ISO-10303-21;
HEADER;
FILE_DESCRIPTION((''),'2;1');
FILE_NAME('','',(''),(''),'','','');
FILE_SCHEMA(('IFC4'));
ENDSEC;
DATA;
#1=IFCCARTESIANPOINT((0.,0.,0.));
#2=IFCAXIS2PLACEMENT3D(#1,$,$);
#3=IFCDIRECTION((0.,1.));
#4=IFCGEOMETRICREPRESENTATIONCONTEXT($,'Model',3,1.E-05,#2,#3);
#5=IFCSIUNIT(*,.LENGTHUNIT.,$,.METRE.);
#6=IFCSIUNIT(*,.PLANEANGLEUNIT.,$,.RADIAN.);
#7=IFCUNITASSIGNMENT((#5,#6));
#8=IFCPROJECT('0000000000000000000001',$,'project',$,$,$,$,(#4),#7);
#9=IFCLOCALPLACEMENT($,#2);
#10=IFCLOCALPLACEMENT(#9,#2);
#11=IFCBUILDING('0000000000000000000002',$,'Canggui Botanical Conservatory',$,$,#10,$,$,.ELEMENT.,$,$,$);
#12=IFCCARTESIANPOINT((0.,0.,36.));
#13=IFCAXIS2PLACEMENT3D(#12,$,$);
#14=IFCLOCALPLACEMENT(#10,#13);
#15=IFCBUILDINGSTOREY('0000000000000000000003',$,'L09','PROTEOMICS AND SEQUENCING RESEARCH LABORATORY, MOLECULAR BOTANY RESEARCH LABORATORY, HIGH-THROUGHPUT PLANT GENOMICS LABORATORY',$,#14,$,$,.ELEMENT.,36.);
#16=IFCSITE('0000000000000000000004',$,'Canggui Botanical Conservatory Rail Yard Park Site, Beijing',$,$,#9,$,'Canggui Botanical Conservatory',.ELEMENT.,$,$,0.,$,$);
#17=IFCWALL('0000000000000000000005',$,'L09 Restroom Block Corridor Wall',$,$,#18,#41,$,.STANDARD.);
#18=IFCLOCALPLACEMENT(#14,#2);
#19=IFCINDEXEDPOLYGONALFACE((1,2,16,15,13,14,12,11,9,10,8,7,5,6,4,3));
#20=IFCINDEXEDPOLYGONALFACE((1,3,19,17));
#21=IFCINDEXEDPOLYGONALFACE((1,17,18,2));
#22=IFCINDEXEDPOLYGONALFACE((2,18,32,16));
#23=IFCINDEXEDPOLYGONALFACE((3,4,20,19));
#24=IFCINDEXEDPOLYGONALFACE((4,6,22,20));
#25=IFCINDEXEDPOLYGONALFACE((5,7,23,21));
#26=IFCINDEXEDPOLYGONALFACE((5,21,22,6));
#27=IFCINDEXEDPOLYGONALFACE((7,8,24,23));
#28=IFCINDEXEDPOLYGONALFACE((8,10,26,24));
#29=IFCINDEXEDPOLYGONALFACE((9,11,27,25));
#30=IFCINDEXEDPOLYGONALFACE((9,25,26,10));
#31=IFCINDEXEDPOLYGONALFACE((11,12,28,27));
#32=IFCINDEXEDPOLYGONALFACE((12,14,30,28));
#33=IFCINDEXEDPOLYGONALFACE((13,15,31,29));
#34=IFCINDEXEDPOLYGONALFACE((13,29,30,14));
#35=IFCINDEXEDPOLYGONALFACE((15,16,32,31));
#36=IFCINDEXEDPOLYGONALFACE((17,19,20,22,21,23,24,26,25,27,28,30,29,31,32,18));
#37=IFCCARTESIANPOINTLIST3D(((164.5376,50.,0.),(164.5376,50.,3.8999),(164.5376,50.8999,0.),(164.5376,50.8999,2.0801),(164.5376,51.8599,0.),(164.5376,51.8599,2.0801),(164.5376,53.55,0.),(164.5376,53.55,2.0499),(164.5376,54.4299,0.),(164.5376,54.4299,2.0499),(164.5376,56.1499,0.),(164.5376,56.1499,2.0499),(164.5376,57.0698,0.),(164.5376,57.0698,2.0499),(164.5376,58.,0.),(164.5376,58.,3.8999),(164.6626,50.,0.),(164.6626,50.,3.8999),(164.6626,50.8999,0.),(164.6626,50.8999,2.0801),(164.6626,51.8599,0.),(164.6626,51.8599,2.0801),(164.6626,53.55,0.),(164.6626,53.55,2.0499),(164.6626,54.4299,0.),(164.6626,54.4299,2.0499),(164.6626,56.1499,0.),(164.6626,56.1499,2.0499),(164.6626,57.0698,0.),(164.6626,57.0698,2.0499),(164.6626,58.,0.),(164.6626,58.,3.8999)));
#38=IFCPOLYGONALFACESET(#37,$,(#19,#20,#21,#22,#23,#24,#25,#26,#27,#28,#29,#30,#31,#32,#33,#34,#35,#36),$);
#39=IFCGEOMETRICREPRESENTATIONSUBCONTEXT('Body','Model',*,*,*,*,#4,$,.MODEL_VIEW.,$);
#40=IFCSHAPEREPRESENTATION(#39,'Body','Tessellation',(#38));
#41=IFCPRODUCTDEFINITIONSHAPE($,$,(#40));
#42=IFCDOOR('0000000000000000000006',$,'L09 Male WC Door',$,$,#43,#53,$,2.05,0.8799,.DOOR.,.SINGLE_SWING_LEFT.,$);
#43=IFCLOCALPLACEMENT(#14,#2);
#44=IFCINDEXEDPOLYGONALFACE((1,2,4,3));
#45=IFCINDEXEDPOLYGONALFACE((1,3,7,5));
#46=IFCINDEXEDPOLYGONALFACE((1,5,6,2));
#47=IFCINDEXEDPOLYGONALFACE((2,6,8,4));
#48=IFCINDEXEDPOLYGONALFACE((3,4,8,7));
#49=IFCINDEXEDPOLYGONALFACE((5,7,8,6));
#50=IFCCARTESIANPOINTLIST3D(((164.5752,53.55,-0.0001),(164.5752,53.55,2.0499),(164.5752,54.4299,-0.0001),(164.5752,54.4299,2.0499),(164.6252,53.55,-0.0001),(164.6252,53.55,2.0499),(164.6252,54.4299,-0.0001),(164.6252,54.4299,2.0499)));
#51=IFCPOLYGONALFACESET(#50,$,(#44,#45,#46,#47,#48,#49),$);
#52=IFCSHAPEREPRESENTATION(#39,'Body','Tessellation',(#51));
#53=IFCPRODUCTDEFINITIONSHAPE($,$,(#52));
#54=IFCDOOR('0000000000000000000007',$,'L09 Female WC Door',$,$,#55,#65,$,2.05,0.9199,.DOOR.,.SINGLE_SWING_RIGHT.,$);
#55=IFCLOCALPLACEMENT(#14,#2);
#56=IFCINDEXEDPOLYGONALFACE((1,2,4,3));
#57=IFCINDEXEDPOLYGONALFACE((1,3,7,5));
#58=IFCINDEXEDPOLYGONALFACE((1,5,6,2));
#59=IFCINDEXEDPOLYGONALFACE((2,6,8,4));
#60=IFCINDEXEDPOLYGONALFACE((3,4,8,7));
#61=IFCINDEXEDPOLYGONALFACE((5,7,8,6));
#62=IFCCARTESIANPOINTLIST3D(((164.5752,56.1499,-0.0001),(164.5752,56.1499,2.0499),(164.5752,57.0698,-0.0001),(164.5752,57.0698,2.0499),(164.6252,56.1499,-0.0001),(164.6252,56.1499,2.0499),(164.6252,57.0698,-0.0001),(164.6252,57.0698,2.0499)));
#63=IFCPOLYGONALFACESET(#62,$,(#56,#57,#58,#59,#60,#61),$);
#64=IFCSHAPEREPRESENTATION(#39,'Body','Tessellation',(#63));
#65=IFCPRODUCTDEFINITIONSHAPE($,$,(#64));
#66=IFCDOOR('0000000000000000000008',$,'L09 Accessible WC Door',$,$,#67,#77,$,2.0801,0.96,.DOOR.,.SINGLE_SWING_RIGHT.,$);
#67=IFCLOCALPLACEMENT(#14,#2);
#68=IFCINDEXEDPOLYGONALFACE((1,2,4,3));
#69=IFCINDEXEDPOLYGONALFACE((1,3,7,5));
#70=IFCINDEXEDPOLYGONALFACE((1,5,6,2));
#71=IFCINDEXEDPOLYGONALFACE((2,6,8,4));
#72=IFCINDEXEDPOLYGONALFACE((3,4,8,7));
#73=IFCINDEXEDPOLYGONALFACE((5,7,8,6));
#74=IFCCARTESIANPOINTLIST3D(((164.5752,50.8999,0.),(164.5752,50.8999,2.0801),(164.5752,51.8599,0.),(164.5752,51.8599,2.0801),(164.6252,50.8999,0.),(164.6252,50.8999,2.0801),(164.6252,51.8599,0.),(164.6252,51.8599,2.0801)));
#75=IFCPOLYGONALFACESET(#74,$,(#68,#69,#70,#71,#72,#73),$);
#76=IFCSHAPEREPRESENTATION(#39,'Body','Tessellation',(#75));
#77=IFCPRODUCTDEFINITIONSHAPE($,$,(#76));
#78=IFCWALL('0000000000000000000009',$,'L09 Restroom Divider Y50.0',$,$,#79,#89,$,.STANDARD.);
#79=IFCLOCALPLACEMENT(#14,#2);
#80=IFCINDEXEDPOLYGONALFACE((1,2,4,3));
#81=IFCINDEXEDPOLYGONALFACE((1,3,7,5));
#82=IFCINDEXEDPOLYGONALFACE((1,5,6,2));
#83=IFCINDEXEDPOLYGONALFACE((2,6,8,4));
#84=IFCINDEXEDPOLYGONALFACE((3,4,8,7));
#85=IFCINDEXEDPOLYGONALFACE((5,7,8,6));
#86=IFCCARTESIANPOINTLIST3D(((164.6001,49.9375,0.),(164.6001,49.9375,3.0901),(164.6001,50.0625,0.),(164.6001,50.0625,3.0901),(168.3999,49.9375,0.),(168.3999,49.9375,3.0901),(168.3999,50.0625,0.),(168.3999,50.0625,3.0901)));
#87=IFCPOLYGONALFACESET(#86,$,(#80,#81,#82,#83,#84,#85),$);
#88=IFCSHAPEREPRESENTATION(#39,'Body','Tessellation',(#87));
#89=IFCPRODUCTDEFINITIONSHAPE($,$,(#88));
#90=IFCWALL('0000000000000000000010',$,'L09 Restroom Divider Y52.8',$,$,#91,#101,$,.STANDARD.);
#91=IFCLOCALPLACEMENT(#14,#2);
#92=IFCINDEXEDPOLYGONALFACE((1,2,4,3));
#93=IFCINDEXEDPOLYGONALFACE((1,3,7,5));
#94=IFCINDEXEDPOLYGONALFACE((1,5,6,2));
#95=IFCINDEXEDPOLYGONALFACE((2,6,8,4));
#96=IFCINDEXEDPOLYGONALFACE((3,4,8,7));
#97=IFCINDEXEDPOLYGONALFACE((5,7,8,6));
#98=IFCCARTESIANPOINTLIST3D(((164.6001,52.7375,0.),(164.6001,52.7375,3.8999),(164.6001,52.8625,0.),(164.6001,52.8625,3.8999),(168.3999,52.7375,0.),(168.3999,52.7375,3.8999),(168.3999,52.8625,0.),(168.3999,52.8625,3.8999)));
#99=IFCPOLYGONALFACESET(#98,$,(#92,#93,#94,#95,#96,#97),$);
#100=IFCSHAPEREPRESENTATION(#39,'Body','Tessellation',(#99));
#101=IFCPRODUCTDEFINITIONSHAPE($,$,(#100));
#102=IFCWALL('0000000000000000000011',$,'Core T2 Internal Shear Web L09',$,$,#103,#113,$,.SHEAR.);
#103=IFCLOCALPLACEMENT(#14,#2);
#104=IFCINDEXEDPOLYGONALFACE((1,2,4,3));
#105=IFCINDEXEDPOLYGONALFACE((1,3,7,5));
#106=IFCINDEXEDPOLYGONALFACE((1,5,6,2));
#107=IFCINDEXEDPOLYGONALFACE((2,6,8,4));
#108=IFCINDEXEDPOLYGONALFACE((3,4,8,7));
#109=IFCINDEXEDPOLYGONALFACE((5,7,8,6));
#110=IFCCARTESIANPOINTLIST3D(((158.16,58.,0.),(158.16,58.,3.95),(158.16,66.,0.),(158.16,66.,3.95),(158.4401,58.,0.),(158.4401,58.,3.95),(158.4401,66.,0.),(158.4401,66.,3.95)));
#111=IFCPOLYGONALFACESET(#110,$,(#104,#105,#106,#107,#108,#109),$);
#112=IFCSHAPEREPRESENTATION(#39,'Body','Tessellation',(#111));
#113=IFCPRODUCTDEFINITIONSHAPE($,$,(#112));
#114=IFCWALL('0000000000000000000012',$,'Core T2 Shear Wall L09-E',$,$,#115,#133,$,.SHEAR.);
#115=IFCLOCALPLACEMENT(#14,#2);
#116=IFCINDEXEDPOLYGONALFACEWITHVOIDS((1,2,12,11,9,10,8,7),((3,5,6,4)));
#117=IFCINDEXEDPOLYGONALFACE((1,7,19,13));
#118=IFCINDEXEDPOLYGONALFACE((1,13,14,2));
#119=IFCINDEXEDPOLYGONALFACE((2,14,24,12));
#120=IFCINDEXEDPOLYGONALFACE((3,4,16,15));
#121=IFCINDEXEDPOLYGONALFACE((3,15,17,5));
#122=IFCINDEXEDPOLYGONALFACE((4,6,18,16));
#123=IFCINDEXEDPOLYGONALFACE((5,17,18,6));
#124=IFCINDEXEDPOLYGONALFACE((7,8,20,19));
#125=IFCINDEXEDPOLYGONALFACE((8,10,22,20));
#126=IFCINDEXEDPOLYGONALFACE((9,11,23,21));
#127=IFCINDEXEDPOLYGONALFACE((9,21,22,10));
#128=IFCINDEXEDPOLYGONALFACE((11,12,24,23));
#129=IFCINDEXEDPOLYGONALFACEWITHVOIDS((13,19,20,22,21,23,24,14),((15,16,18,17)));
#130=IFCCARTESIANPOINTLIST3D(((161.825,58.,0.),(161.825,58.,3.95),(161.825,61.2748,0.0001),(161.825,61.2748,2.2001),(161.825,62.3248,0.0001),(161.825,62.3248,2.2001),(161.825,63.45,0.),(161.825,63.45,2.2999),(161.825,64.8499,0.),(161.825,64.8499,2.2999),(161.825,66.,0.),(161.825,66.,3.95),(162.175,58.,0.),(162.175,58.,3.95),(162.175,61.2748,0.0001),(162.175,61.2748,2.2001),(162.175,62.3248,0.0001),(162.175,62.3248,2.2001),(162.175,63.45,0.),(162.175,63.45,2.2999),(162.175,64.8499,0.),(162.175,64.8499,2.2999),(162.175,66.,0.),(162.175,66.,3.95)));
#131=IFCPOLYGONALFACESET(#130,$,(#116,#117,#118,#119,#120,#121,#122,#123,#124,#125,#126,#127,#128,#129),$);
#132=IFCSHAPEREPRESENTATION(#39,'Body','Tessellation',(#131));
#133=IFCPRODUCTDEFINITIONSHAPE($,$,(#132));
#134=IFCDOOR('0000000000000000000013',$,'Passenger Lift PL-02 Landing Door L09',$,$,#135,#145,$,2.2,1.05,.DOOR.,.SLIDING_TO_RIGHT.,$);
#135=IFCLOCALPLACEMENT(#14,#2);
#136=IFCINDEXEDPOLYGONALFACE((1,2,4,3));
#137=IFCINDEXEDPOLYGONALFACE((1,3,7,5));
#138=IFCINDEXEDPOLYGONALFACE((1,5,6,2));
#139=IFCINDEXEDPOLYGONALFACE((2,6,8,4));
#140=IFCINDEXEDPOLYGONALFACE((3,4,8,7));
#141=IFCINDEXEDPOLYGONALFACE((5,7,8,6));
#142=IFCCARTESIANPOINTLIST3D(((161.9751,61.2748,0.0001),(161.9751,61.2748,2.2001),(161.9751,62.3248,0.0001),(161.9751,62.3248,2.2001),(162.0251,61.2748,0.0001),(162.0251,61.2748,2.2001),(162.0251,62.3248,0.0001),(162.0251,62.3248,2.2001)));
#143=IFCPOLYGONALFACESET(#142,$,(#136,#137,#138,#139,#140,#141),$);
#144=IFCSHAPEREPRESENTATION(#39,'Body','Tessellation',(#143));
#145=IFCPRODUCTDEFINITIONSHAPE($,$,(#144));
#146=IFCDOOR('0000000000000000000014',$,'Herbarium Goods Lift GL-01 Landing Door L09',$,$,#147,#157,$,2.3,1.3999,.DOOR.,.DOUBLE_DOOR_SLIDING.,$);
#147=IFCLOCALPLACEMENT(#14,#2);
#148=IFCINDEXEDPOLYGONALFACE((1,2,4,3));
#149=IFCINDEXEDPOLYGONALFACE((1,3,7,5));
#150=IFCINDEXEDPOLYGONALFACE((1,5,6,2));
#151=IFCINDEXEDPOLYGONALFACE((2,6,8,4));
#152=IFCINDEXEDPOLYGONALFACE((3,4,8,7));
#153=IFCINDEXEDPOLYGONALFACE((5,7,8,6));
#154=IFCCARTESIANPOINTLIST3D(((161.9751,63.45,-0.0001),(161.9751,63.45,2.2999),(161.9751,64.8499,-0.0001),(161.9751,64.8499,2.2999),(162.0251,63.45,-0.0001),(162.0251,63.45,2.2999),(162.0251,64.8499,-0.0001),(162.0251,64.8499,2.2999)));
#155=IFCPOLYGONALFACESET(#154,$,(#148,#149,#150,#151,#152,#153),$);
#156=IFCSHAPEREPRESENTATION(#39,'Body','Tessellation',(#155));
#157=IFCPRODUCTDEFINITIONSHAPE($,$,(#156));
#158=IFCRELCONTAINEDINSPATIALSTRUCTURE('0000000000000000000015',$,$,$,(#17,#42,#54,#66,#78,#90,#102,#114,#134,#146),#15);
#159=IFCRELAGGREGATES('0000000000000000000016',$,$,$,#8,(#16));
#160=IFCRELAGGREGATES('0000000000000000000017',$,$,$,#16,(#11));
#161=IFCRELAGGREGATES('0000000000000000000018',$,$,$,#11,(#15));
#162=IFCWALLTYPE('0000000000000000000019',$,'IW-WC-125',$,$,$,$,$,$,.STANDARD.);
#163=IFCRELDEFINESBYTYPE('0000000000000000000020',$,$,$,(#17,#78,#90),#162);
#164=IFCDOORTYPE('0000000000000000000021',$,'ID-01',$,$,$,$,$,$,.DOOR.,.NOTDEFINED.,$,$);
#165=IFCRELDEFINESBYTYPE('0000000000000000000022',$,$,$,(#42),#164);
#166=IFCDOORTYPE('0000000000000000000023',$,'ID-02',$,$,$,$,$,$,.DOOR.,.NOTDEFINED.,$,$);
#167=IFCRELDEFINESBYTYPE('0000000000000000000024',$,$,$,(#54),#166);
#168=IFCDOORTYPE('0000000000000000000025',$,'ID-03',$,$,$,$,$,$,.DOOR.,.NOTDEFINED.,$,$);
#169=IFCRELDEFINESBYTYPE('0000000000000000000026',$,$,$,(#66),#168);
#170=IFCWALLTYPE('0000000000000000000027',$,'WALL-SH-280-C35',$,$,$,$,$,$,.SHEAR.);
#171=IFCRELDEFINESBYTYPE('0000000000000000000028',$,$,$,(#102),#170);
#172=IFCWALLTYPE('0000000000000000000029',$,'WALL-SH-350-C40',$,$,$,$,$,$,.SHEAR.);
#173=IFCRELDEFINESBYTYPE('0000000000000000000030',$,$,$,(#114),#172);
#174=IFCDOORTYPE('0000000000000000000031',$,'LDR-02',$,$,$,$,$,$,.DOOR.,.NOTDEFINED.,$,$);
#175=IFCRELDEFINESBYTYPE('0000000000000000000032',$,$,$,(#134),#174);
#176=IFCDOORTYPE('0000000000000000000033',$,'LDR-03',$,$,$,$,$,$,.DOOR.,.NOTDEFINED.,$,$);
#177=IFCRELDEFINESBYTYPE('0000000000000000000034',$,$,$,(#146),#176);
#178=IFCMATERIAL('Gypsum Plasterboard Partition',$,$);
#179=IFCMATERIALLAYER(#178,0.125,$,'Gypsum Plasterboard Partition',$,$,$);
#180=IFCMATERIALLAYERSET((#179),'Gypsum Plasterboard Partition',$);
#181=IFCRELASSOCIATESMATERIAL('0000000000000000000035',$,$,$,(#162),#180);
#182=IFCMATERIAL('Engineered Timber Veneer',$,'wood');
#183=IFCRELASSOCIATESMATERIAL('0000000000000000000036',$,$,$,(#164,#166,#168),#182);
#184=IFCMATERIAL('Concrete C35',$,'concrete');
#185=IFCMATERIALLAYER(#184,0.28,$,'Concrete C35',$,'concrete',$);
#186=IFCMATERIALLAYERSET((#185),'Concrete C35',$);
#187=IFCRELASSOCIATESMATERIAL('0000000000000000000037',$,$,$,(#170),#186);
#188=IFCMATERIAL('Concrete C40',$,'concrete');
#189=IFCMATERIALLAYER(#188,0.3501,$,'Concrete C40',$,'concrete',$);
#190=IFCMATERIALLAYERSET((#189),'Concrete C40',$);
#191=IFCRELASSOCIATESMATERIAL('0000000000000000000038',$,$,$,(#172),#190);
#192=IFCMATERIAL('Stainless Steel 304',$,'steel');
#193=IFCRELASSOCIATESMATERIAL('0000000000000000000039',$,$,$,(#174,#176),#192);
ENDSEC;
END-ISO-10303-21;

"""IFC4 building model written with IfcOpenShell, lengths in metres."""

from ifc_helpers import new_model, si_unit, direction, frame, frame_2d, origin, place, context, subcontext, project, spatial, rectangle, extrude, material, layer, layer_set, type_object, element, fill, save


model = new_model("IFC4")

# Units and contexts
model_context = context("Model", 3, precision=1e-05, world=origin(), true_north=direction((0.0, 1.0)))
body_context = subcontext(model_context, "Body", "Model", "MODEL_VIEW")
ifc_project = project(units=[si_unit("LENGTHUNIT", "METRE"), si_unit("PLANEANGLEUNIT", "RADIAN")], contexts=[model_context])

# Site, building, storey
site_placement = place(None, origin())
site = spatial("IfcSite", under=ifc_project, at=site_placement, Name="Canggui Botanical Conservatory Rail Yard Park Site, Beijing", LongName="Canggui Botanical Conservatory", CompositionType="ELEMENT", RefElevation=0.0)
building_placement = place(site_placement, origin())
building = spatial("IfcBuilding", under=site, at=building_placement, Name="Canggui Botanical Conservatory", CompositionType="ELEMENT")
storey_placement = place(building_placement, frame((0.0, 0.0, 36.0)))
storey = spatial("IfcBuildingStorey", under=building, at=storey_placement, Name="L09", Description="PROTEOMICS AND SEQUENCING RESEARCH LABORATORY, MOLECULAR BOTANY RESEARCH LABORATORY, HIGH-THROUGHPUT PLANT GENOMICS LABORATORY", CompositionType="ELEMENT", Elevation=36.0)

# Shared definitions
ifc_material_1 = material(Name="Concrete C40", Category="concrete")

# Shared definitions
ifc_material_2 = material(Name="Concrete C35", Category="concrete")

# Wall, openings, doors
ifc_material_3 = material(Name="Gypsum Plasterboard Partition")
ifc_layer_1 = layer(ifc_material_3, 0.125, Name="Gypsum Plasterboard Partition")
ifc_layer_set_1 = layer_set([ifc_layer_1], Name="Gypsum Plasterboard Partition")
wall_type_1 = type_object("IfcWallType", Name="IW-WC-125", PredefinedType="STANDARD", material=ifc_layer_set_1)
wall_1_placement = place(storey_placement, frame((164.6001, 50.0, 0.0), z_axis=(0.0, 0.0, 1.0), x_axis=(0.0, 1.0, 0.0)))
wall_1 = element("IfcWall", 1, at=wall_1_placement, inside=storey, type_object=wall_type_1, Name="L09 Restroom Block Corridor Wall", PredefinedType="STANDARD", context=body_context, shape_type="SweptSolid", body=[
    extrude(rectangle(XDim=8.0, YDim=0.125, at=frame_2d((4.0, 0.0))), origin(), (0.0, 0.0, 1.0), 3.8999),
])
opening_1_placement = place(wall_1_placement, frame((0.8999, 0.0, 0.0)))
opening_1 = element("IfcOpeningElement", 2, at=opening_1_placement, cuts=wall_1, PredefinedType="OPENING", context=body_context, shape_type="SweptSolid", body=[
    extrude(rectangle(XDim=0.96, YDim=2.0801, at=frame_2d((0.48, 1.04))), frame((0.0, 0.0725, 0.0), z_axis=(0.0, -1.0, 0.0), x_axis=(1.0, 0.0, 0.0)), (0.0, 0.0, 1.0), 0.145),
])
opening_2_placement = place(wall_1_placement, frame((3.55, 0.0, 0.0)))
opening_2 = element("IfcOpeningElement", 3, at=opening_2_placement, cuts=wall_1, PredefinedType="OPENING", context=body_context, shape_type="SweptSolid", body=[
    extrude(rectangle(XDim=0.8799, YDim=2.05, at=frame_2d((0.4399, 1.0249))), frame((0.0, 0.0725, 0.0), z_axis=(0.0, -1.0, 0.0), x_axis=(1.0, 0.0, 0.0)), (0.0, 0.0, 1.0), 0.145),
])
opening_3_placement = place(wall_1_placement, frame((6.1499, 0.0, 0.0)))
opening_3 = element("IfcOpeningElement", 4, at=opening_3_placement, cuts=wall_1, PredefinedType="OPENING", context=body_context, shape_type="SweptSolid", body=[
    extrude(rectangle(XDim=0.9199, YDim=2.05, at=frame_2d((0.46, 1.0249))), frame((0.0, 0.0725, 0.0), z_axis=(0.0, -1.0, 0.0), x_axis=(1.0, 0.0, 0.0)), (0.0, 0.0, 1.0), 0.145),
])
ifc_material_4 = material(Name="Engineered Timber Veneer", Category="wood")
door_type_1 = type_object("IfcDoorType", Name="ID-01", OperationType="NOTDEFINED", PredefinedType="DOOR", material=ifc_material_4)
door_1_placement = place(opening_2_placement, origin())
door_1 = element("IfcDoor", 5, at=door_1_placement, inside=storey, type_object=door_type_1, Name="L09 Male WC Door", OperationType="SINGLE_SWING_LEFT", OverallHeight=2.05, OverallWidth=0.8799, PredefinedType="DOOR", context=body_context, shape_type="SweptSolid", body=[
    extrude(rectangle(XDim=0.8799, YDim=2.05, at=frame_2d((0.4399, 1.0249))), frame((0.0, 0.0249, 0.0), z_axis=(0.0, -1.0, 0.0), x_axis=(1.0, 0.0, 0.0)), (0.0, 0.0, 1.0), 0.05),
])
fill(opening_2, door_1)
door_type_2 = type_object("IfcDoorType", Name="ID-02", OperationType="NOTDEFINED", PredefinedType="DOOR", material=ifc_material_4)
door_2_placement = place(opening_3_placement, origin())
door_2 = element("IfcDoor", 6, at=door_2_placement, inside=storey, type_object=door_type_2, Name="L09 Female WC Door", OperationType="SINGLE_SWING_RIGHT", OverallHeight=2.05, OverallWidth=0.9199, PredefinedType="DOOR", context=body_context, shape_type="SweptSolid", body=[
    extrude(rectangle(XDim=0.9199, YDim=2.05, at=frame_2d((0.46, 1.0249))), frame((0.0, 0.0249, 0.0), z_axis=(0.0, -1.0, 0.0), x_axis=(1.0, 0.0, 0.0)), (0.0, 0.0, 1.0), 0.05),
])
fill(opening_3, door_2)
door_type_3 = type_object("IfcDoorType", Name="ID-03", OperationType="NOTDEFINED", PredefinedType="DOOR", material=ifc_material_4)
door_3_placement = place(opening_1_placement, origin())
door_3 = element("IfcDoor", 7, at=door_3_placement, inside=storey, type_object=door_type_3, Name="L09 Accessible WC Door", OperationType="SINGLE_SWING_RIGHT", OverallHeight=2.0801, OverallWidth=0.96, PredefinedType="DOOR", context=body_context, shape_type="SweptSolid", body=[
    extrude(rectangle(XDim=0.96, YDim=2.0801, at=frame_2d((0.48, 1.04))), frame((0.0, 0.0249, 0.0), z_axis=(0.0, -1.0, 0.0), x_axis=(1.0, 0.0, 0.0)), (0.0, 0.0, 1.0), 0.05),
])
fill(opening_1, door_3)

# Walls
wall_2_placement = place(storey_placement, frame((164.6001, 50.0, 0.0), z_axis=(0.0, 0.0, 1.0), x_axis=(1.0, 0.0, 0.0)))
element("IfcWall", 8, at=wall_2_placement, inside=storey, type_object=wall_type_1, Name="L09 Restroom Divider Y50.0", PredefinedType="STANDARD", context=body_context, shape_type="SweptSolid", body=[
    extrude(rectangle(XDim=3.7998, YDim=0.125, at=frame_2d((1.8999, 0.0))), origin(), (0.0, 0.0, 1.0), 3.0901),
])
wall_3_placement = place(storey_placement, frame((164.6001, 52.8, 0.0), z_axis=(0.0, 0.0, 1.0), x_axis=(1.0, 0.0, 0.0)))
element("IfcWall", 9, at=wall_3_placement, inside=storey, type_object=wall_type_1, Name="L09 Restroom Divider Y52.8", PredefinedType="STANDARD", context=body_context, shape_type="SweptSolid", body=[
    extrude(rectangle(XDim=3.7998, YDim=0.125, at=frame_2d((1.8999, 0.0))), origin(), (0.0, 0.0, 1.0), 3.8999),
])
ifc_layer_2 = layer(ifc_material_2, 0.28, Name="Concrete C35", Category="concrete")
ifc_layer_set_2 = layer_set([ifc_layer_2], Name="Concrete C35")
wall_type_2 = type_object("IfcWallType", Name="WALL-SH-280-C35", PredefinedType="SHEAR", material=ifc_layer_set_2)
wall_4_placement = place(storey_placement, frame((158.3, 58.0, 0.0), z_axis=(0.0, 0.0, 1.0), x_axis=(0.0, 1.0, 0.0)))
element("IfcWall", 10, at=wall_4_placement, inside=storey, type_object=wall_type_2, Name="Core T2 Internal Shear Web L09", PredefinedType="SHEAR", context=body_context, shape_type="SweptSolid", body=[
    extrude(rectangle(XDim=8.0, YDim=0.28, at=frame_2d((4.0, 0.0))), origin(), (0.0, 0.0, 1.0), 3.95),
])

# Wall, openings, doors
ifc_layer_3 = layer(ifc_material_1, 0.3501, Name="Concrete C40", Category="concrete")
ifc_layer_set_3 = layer_set([ifc_layer_3], Name="Concrete C40")
wall_type_3 = type_object("IfcWallType", Name="WALL-SH-350-C40", PredefinedType="SHEAR", material=ifc_layer_set_3)
ifc_material_5 = material(Name="Stainless Steel 304", Category="steel")
wall_5_placement = place(storey_placement, frame((162.0, 58.0, 0.0), z_axis=(0.0, 0.0, 1.0), x_axis=(0.0, 1.0, 0.0)))
wall_5 = element("IfcWall", 11, at=wall_5_placement, inside=storey, type_object=wall_type_3, Name="Core T2 Shear Wall L09-E", PredefinedType="SHEAR", context=body_context, shape_type="SweptSolid", body=[
    extrude(rectangle(XDim=8.0, YDim=0.3501, at=frame_2d((4.0, 0.0))), origin(), (0.0, 0.0, 1.0), 3.95),
])
opening_4_placement = place(wall_5_placement, frame((3.2749, 0.0, 0.0)))
opening_4 = element("IfcOpeningElement", 12, at=opening_4_placement, cuts=wall_5, PredefinedType="OPENING", context=body_context, shape_type="SweptSolid", body=[
    extrude(rectangle(XDim=1.05, YDim=2.2, at=frame_2d((0.5249, 1.1001))), frame((0.0, 0.1851, 0.0), z_axis=(0.0, -1.0, 0.0), x_axis=(1.0, 0.0, 0.0)), (0.0, 0.0, 1.0), 0.3701),
])
opening_5_placement = place(wall_5_placement, frame((5.45, 0.0, 0.0)))
opening_5 = element("IfcOpeningElement", 13, at=opening_5_placement, cuts=wall_5, PredefinedType="OPENING", context=body_context, shape_type="SweptSolid", body=[
    extrude(rectangle(XDim=1.3999, YDim=2.3, at=frame_2d((0.7, 1.1499))), frame((0.0, 0.1851, 0.0), z_axis=(0.0, -1.0, 0.0), x_axis=(1.0, 0.0, 0.0)), (0.0, 0.0, 1.0), 0.3701),
])
door_type_4 = type_object("IfcDoorType", Name="LDR-02", OperationType="NOTDEFINED", PredefinedType="DOOR", material=ifc_material_5)
door_4_placement = place(opening_4_placement, origin())
door_4 = element("IfcDoor", 14, at=door_4_placement, inside=storey, type_object=door_type_4, Name="Passenger Lift PL-02 Landing Door L09", OperationType="SLIDING_TO_RIGHT", OverallHeight=2.2, OverallWidth=1.05, PredefinedType="DOOR", context=body_context, shape_type="SweptSolid", body=[
    extrude(rectangle(XDim=1.05, YDim=2.2, at=frame_2d((0.5249, 1.1001))), frame((0.0, 0.0249, 0.0), z_axis=(0.0, -1.0, 0.0), x_axis=(1.0, 0.0, 0.0)), (0.0, 0.0, 1.0), 0.05),
])
fill(opening_4, door_4)
door_type_5 = type_object("IfcDoorType", Name="LDR-03", OperationType="NOTDEFINED", PredefinedType="DOOR", material=ifc_material_5)
door_5_placement = place(opening_5_placement, origin())
door_5 = element("IfcDoor", 15, at=door_5_placement, inside=storey, type_object=door_type_5, Name="Herbarium Goods Lift GL-01 Landing Door L09", OperationType="DOUBLE_DOOR_SLIDING", OverallHeight=2.3, OverallWidth=1.3999, PredefinedType="DOOR", context=body_context, shape_type="SweptSolid", body=[
    extrude(rectangle(XDim=1.3999, YDim=2.3, at=frame_2d((0.7, 1.1499))), frame((0.0, 0.0249, 0.0), z_axis=(0.0, -1.0, 0.0), x_axis=(1.0, 0.0, 0.0)), (0.0, 0.0, 1.0), 0.05),
])
fill(opening_5, door_5)

save(model, "model.ifc")
